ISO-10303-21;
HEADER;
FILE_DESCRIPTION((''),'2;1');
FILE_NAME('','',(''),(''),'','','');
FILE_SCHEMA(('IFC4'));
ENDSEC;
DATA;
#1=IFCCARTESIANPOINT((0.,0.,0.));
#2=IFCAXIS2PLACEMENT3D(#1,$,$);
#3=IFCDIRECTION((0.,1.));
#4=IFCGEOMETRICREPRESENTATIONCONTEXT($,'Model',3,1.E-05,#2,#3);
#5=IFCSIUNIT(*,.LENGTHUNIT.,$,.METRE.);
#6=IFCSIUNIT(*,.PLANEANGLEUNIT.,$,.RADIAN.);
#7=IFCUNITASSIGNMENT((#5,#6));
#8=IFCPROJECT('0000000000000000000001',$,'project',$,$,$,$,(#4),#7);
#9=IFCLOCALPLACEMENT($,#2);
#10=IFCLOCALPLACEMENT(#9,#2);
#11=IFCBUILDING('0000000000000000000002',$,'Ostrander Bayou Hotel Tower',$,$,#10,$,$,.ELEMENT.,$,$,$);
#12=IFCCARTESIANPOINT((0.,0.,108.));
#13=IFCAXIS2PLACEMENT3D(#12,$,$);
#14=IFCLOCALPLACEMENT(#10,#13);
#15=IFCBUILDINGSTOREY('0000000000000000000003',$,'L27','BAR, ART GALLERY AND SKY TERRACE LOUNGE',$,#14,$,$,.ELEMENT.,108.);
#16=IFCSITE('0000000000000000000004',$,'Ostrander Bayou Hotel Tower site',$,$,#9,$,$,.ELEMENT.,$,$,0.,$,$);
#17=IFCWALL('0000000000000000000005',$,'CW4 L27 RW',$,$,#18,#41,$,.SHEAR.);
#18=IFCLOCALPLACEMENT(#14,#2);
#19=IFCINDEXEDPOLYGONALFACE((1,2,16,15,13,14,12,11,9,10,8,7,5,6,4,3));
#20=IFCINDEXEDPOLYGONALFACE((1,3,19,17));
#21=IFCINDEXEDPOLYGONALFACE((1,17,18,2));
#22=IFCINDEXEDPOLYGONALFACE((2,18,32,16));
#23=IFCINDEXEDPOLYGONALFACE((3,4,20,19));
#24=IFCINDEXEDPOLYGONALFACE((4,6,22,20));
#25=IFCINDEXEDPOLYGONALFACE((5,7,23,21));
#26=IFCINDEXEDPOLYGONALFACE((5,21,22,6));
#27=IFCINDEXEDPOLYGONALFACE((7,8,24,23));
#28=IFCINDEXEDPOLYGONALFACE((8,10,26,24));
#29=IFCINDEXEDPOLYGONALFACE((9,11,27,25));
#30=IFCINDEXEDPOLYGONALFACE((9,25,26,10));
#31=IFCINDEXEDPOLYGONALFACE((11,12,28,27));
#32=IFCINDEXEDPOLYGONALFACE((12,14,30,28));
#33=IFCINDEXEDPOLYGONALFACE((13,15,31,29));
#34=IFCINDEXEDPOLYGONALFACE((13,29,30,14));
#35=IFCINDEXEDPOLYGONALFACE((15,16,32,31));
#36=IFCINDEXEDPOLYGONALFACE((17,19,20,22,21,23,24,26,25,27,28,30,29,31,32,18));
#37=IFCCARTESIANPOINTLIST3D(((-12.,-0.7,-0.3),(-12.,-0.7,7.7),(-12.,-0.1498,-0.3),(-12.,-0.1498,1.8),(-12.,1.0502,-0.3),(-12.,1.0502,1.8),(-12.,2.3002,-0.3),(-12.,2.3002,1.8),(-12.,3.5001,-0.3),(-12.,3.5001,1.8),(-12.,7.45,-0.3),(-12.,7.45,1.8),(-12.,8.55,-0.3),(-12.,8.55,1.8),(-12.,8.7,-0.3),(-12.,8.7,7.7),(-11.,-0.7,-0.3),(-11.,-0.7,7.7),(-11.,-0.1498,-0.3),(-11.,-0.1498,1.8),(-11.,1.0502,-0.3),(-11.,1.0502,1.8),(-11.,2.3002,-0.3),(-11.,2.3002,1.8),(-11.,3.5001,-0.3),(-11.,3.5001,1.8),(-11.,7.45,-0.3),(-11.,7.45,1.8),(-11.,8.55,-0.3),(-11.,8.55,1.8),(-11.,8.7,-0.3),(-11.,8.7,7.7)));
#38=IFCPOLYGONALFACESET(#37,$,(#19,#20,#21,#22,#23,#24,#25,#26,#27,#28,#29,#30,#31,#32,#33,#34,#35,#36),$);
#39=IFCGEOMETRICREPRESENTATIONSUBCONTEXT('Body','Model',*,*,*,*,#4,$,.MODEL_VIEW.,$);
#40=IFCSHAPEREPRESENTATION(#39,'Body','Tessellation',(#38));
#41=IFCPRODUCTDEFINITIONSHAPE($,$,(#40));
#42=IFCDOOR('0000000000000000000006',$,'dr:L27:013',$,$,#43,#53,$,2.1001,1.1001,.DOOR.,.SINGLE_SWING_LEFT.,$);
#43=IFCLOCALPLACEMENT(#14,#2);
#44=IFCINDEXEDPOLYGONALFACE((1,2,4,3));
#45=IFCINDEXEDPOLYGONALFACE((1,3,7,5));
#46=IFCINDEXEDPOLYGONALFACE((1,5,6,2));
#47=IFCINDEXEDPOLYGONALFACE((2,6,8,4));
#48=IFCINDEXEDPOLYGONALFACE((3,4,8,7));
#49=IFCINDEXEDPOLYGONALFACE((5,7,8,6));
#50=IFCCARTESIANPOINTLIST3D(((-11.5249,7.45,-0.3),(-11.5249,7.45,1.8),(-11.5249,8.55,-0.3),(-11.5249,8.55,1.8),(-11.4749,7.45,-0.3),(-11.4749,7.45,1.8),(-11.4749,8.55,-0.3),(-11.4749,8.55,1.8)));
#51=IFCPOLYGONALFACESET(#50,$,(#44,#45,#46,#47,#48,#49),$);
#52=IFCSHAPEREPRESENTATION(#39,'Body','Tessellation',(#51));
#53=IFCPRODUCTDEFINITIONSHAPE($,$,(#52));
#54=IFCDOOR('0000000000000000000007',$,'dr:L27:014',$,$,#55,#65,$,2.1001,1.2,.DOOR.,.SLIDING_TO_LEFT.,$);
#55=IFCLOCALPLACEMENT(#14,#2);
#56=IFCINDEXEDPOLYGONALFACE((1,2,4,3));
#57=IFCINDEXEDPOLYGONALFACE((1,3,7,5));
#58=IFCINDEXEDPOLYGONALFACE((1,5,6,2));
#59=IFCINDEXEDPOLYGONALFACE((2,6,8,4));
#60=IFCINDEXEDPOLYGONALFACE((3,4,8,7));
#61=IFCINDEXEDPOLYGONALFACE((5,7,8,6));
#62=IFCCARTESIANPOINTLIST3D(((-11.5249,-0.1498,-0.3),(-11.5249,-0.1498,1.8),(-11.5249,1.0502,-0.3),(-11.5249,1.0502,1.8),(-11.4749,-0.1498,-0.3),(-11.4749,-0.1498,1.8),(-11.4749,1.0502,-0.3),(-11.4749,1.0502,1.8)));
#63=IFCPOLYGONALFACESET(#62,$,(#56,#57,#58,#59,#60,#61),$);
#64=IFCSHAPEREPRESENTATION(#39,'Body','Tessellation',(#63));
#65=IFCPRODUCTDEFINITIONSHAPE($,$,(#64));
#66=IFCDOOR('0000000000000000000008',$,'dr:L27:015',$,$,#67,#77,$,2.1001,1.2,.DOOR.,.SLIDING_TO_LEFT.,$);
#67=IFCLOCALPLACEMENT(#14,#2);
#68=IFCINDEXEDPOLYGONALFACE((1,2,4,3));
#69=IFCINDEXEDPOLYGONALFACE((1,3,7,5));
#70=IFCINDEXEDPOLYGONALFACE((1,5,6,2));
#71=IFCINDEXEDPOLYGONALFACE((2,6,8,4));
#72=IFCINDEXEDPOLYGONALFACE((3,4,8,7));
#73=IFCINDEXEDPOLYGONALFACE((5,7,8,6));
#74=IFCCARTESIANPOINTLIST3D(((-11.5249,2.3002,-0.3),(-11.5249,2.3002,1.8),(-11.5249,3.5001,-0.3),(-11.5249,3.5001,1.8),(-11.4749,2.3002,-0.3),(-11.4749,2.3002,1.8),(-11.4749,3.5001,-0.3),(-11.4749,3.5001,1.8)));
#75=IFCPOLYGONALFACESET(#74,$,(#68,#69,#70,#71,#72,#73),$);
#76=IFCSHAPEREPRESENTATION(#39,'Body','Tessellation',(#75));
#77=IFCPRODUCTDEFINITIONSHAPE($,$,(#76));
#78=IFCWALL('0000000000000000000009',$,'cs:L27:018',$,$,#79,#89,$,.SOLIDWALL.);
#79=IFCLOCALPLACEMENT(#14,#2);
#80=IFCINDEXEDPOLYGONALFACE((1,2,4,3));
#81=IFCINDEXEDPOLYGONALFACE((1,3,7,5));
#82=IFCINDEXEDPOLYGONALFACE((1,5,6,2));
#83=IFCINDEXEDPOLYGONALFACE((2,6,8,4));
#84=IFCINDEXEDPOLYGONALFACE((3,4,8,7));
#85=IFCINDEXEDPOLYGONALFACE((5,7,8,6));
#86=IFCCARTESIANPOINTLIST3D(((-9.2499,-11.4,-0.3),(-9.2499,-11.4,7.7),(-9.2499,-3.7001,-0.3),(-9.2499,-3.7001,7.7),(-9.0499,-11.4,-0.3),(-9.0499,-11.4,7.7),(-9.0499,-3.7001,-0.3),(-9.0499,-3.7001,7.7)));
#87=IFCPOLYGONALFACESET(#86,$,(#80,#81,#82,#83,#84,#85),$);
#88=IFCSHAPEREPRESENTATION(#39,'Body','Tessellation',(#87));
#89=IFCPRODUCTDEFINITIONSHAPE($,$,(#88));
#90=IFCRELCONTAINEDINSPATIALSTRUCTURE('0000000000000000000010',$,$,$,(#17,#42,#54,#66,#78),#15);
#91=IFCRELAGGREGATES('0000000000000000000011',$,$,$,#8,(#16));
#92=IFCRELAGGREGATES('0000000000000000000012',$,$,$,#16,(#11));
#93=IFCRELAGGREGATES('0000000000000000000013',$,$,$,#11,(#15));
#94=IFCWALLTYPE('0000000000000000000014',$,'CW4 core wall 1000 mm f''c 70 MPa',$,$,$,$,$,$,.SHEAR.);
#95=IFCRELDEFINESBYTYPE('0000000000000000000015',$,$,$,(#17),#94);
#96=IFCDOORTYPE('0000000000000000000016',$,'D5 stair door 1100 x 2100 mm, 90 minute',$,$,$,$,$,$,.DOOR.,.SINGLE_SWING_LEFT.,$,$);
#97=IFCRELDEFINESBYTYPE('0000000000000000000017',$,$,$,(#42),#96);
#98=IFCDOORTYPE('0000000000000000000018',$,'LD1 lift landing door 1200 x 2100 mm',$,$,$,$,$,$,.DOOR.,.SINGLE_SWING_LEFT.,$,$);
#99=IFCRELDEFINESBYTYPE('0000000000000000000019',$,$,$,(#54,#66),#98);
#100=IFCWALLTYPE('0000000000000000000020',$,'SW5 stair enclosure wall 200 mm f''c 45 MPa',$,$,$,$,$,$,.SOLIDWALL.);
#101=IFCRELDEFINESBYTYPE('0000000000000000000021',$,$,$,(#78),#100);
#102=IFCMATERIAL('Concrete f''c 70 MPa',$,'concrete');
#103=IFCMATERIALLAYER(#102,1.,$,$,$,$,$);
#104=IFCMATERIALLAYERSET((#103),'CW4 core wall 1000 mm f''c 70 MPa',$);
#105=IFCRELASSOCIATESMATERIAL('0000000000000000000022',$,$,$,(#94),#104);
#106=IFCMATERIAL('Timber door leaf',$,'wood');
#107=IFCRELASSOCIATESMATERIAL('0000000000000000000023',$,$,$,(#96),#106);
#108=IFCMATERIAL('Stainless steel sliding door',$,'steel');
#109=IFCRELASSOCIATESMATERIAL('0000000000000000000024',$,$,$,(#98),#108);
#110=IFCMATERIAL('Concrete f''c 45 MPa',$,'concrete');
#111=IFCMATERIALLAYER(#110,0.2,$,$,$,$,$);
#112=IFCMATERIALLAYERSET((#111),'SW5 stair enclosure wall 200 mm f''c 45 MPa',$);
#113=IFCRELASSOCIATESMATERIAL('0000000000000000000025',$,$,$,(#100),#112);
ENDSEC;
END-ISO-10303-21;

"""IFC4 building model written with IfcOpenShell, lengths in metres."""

from ifc_helpers import new_model, si_unit, direction, frame, frame_2d, origin, place, context, subcontext, project, spatial, rectangle, extrude, material, layer, layer_set, type_object, element, fill, save


model = new_model("IFC4")

# Units and contexts
model_context = context("Model", 3, precision=1e-05, world=origin(), true_north=direction((0.0, 1.0)))
body_context = subcontext(model_context, "Body", "Model", "MODEL_VIEW")
ifc_project = project(units=[si_unit("LENGTHUNIT", "METRE"), si_unit("PLANEANGLEUNIT", "RADIAN")], contexts=[model_context])

# Site, building, storey
site_placement = place(None, origin())
site = spatial("IfcSite", under=ifc_project, at=site_placement, Name="Ostrander Bayou Hotel Tower site", CompositionType="ELEMENT", RefElevation=0.0)
building_placement = place(site_placement, origin())
building = spatial("IfcBuilding", under=site, at=building_placement, Name="Ostrander Bayou Hotel Tower", CompositionType="ELEMENT")
storey_placement = place(building_placement, frame((0.0, 0.0, 108.0)))
storey = spatial("IfcBuildingStorey", under=building, at=storey_placement, Name="L27", Description="BAR, ART GALLERY AND SKY TERRACE LOUNGE", CompositionType="ELEMENT", Elevation=108.0)

# Shared definitions
ifc_material_1 = material(Name="Concrete f'c 70 MPa", Category="concrete")
ifc_layer_1 = layer(ifc_material_1, 1.0)
ifc_layer_set_1 = layer_set([ifc_layer_1], Name="CW4 core wall 1000 mm f'c 70 MPa")
wall_type_1 = type_object("IfcWallType", Name="CW4 core wall 1000 mm f'c 70 MPa", PredefinedType="SHEAR", material=ifc_layer_set_1)

# Wall, openings, doors
wall_1_placement = place(storey_placement, frame((-11.5, -0.7, -0.3), z_axis=(0.0, 0.0, 1.0), x_axis=(0.0, 1.0, 0.0)))
wall_1 = element("IfcWall", 1, at=wall_1_placement, inside=storey, type_object=wall_type_1, Name="CW4 L27 RW", PredefinedType="SHEAR", context=body_context, shape_type="SweptSolid", body=[
    extrude(rectangle(XDim=9.3999, YDim=1.0, at=frame_2d((4.7, 0.0))), origin(), (0.0, 0.0, 1.0), 8.0),
])
opening_1_placement = place(wall_1_placement, frame((8.1499, 0.0, 0.0)))
opening_1 = element("IfcOpeningElement", 2, at=opening_1_placement, cuts=wall_1, PredefinedType="OPENING", context=body_context, shape_type="SweptSolid", body=[
    extrude(rectangle(XDim=1.1001, YDim=2.1001, at=frame_2d((0.55, 1.05))), frame((0.0, 0.5, 0.0), z_axis=(0.0, -1.0, 0.0), x_axis=(1.0, 0.0, 0.0)), (0.0, 0.0, 1.0), 1.0),
])
opening_2_placement = place(wall_1_placement, frame((0.55, 0.0, 0.0)))
opening_2 = element("IfcOpeningElement", 3, at=opening_2_placement, cuts=wall_1, PredefinedType="OPENING", context=body_context, shape_type="SweptSolid", body=[
    extrude(rectangle(XDim=1.2, YDim=2.1001, at=frame_2d((0.6001, 1.05))), frame((0.0, 0.5, 0.0), z_axis=(0.0, -1.0, 0.0), x_axis=(1.0, 0.0, 0.0)), (0.0, 0.0, 1.0), 1.0),
])
opening_3_placement = place(wall_1_placement, frame((3.0, 0.0, 0.0)))
opening_3 = element("IfcOpeningElement", 4, at=opening_3_placement, cuts=wall_1, PredefinedType="OPENING", context=body_context, shape_type="SweptSolid", body=[
    extrude(rectangle(XDim=1.2, YDim=2.1001, at=frame_2d((0.6001, 1.05))), frame((0.0, 0.5, 0.0), z_axis=(0.0, -1.0, 0.0), x_axis=(1.0, 0.0, 0.0)), (0.0, 0.0, 1.0), 1.0),
])
ifc_material_2 = material(Name="Timber door leaf", Category="wood")
door_type_1 = type_object("IfcDoorType", Name="D5 stair door 1100 x 2100 mm, 90 minute", OperationType="SINGLE_SWING_LEFT", PredefinedType="DOOR", material=ifc_material_2)
door_1_placement = place(opening_1_placement, origin())
door_1 = element("IfcDoor", 5, at=door_1_placement, inside=storey, type_object=door_type_1, Name="dr:L27:013", OperationType="SINGLE_SWING_LEFT", OverallHeight=2.1001, OverallWidth=1.1001, PredefinedType="DOOR", context=body_context, shape_type="SweptSolid", body=[
    extrude(rectangle(XDim=1.1001, YDim=2.1001, at=frame_2d((0.55, 1.05))), frame((0.0, 0.0249, 0.0), z_axis=(0.0, -1.0, 0.0), x_axis=(1.0, 0.0, 0.0)), (0.0, 0.0, 1.0), 0.05),
])
fill(opening_1, door_1)
ifc_material_3 = material(Name="Stainless steel sliding door", Category="steel")
door_type_2 = type_object("IfcDoorType", Name="LD1 lift landing door 1200 x 2100 mm", OperationType="SINGLE_SWING_LEFT", PredefinedType="DOOR", material=ifc_material_3)
door_2_placement = place(opening_2_placement, origin())
door_2 = element("IfcDoor", 6, at=door_2_placement, inside=storey, type_object=door_type_2, Name="dr:L27:014", OperationType="SLIDING_TO_LEFT", OverallHeight=2.1001, OverallWidth=1.2, PredefinedType="DOOR", context=body_context, shape_type="SweptSolid", body=[
    extrude(rectangle(XDim=1.2, YDim=2.1001, at=frame_2d((0.6001, 1.05))), frame((0.0, 0.0249, 0.0), z_axis=(0.0, -1.0, 0.0), x_axis=(1.0, 0.0, 0.0)), (0.0, 0.0, 1.0), 0.05),
])
fill(opening_2, door_2)
door_3_placement = place(opening_3_placement, origin())
door_3 = element("IfcDoor", 7, at=door_3_placement, inside=storey, type_object=door_type_2, Name="dr:L27:015", OperationType="SLIDING_TO_LEFT", OverallHeight=2.1001, OverallWidth=1.2, PredefinedType="DOOR", context=body_context, shape_type="SweptSolid", body=[
    extrude(rectangle(XDim=1.2, YDim=2.1001, at=frame_2d((0.6001, 1.05))), frame((0.0, 0.0249, 0.0), z_axis=(0.0, -1.0, 0.0), x_axis=(1.0, 0.0, 0.0)), (0.0, 0.0, 1.0), 0.05),
])
fill(opening_3, door_3)

# Shared definitions
ifc_material_4 = material(Name="Concrete f'c 45 MPa", Category="concrete")
ifc_layer_2 = layer(ifc_material_4, 0.2)
ifc_layer_set_2 = layer_set([ifc_layer_2], Name="SW5 stair enclosure wall 200 mm f'c 45 MPa")
wall_type_2 = type_object("IfcWallType", Name="SW5 stair enclosure wall 200 mm f'c 45 MPa", PredefinedType="SOLIDWALL", material=ifc_layer_set_2)

# Wall
wall_2_placement = place(storey_placement, frame((-9.1499, -3.7, -0.3), z_axis=(0.0, 0.0, 1.0), x_axis=(0.0, -1.0, 0.0)))
element("IfcWall", 8, at=wall_2_placement, inside=storey, type_object=wall_type_2, Name="cs:L27:018", PredefinedType="SOLIDWALL", context=body_context, shape_type="SweptSolid", body=[
    extrude(rectangle(XDim=7.7, YDim=0.2, at=frame_2d((3.8501, 0.0))), origin(), (0.0, 0.0, 1.0), 8.0),
])

save(model, "model.ifc")
